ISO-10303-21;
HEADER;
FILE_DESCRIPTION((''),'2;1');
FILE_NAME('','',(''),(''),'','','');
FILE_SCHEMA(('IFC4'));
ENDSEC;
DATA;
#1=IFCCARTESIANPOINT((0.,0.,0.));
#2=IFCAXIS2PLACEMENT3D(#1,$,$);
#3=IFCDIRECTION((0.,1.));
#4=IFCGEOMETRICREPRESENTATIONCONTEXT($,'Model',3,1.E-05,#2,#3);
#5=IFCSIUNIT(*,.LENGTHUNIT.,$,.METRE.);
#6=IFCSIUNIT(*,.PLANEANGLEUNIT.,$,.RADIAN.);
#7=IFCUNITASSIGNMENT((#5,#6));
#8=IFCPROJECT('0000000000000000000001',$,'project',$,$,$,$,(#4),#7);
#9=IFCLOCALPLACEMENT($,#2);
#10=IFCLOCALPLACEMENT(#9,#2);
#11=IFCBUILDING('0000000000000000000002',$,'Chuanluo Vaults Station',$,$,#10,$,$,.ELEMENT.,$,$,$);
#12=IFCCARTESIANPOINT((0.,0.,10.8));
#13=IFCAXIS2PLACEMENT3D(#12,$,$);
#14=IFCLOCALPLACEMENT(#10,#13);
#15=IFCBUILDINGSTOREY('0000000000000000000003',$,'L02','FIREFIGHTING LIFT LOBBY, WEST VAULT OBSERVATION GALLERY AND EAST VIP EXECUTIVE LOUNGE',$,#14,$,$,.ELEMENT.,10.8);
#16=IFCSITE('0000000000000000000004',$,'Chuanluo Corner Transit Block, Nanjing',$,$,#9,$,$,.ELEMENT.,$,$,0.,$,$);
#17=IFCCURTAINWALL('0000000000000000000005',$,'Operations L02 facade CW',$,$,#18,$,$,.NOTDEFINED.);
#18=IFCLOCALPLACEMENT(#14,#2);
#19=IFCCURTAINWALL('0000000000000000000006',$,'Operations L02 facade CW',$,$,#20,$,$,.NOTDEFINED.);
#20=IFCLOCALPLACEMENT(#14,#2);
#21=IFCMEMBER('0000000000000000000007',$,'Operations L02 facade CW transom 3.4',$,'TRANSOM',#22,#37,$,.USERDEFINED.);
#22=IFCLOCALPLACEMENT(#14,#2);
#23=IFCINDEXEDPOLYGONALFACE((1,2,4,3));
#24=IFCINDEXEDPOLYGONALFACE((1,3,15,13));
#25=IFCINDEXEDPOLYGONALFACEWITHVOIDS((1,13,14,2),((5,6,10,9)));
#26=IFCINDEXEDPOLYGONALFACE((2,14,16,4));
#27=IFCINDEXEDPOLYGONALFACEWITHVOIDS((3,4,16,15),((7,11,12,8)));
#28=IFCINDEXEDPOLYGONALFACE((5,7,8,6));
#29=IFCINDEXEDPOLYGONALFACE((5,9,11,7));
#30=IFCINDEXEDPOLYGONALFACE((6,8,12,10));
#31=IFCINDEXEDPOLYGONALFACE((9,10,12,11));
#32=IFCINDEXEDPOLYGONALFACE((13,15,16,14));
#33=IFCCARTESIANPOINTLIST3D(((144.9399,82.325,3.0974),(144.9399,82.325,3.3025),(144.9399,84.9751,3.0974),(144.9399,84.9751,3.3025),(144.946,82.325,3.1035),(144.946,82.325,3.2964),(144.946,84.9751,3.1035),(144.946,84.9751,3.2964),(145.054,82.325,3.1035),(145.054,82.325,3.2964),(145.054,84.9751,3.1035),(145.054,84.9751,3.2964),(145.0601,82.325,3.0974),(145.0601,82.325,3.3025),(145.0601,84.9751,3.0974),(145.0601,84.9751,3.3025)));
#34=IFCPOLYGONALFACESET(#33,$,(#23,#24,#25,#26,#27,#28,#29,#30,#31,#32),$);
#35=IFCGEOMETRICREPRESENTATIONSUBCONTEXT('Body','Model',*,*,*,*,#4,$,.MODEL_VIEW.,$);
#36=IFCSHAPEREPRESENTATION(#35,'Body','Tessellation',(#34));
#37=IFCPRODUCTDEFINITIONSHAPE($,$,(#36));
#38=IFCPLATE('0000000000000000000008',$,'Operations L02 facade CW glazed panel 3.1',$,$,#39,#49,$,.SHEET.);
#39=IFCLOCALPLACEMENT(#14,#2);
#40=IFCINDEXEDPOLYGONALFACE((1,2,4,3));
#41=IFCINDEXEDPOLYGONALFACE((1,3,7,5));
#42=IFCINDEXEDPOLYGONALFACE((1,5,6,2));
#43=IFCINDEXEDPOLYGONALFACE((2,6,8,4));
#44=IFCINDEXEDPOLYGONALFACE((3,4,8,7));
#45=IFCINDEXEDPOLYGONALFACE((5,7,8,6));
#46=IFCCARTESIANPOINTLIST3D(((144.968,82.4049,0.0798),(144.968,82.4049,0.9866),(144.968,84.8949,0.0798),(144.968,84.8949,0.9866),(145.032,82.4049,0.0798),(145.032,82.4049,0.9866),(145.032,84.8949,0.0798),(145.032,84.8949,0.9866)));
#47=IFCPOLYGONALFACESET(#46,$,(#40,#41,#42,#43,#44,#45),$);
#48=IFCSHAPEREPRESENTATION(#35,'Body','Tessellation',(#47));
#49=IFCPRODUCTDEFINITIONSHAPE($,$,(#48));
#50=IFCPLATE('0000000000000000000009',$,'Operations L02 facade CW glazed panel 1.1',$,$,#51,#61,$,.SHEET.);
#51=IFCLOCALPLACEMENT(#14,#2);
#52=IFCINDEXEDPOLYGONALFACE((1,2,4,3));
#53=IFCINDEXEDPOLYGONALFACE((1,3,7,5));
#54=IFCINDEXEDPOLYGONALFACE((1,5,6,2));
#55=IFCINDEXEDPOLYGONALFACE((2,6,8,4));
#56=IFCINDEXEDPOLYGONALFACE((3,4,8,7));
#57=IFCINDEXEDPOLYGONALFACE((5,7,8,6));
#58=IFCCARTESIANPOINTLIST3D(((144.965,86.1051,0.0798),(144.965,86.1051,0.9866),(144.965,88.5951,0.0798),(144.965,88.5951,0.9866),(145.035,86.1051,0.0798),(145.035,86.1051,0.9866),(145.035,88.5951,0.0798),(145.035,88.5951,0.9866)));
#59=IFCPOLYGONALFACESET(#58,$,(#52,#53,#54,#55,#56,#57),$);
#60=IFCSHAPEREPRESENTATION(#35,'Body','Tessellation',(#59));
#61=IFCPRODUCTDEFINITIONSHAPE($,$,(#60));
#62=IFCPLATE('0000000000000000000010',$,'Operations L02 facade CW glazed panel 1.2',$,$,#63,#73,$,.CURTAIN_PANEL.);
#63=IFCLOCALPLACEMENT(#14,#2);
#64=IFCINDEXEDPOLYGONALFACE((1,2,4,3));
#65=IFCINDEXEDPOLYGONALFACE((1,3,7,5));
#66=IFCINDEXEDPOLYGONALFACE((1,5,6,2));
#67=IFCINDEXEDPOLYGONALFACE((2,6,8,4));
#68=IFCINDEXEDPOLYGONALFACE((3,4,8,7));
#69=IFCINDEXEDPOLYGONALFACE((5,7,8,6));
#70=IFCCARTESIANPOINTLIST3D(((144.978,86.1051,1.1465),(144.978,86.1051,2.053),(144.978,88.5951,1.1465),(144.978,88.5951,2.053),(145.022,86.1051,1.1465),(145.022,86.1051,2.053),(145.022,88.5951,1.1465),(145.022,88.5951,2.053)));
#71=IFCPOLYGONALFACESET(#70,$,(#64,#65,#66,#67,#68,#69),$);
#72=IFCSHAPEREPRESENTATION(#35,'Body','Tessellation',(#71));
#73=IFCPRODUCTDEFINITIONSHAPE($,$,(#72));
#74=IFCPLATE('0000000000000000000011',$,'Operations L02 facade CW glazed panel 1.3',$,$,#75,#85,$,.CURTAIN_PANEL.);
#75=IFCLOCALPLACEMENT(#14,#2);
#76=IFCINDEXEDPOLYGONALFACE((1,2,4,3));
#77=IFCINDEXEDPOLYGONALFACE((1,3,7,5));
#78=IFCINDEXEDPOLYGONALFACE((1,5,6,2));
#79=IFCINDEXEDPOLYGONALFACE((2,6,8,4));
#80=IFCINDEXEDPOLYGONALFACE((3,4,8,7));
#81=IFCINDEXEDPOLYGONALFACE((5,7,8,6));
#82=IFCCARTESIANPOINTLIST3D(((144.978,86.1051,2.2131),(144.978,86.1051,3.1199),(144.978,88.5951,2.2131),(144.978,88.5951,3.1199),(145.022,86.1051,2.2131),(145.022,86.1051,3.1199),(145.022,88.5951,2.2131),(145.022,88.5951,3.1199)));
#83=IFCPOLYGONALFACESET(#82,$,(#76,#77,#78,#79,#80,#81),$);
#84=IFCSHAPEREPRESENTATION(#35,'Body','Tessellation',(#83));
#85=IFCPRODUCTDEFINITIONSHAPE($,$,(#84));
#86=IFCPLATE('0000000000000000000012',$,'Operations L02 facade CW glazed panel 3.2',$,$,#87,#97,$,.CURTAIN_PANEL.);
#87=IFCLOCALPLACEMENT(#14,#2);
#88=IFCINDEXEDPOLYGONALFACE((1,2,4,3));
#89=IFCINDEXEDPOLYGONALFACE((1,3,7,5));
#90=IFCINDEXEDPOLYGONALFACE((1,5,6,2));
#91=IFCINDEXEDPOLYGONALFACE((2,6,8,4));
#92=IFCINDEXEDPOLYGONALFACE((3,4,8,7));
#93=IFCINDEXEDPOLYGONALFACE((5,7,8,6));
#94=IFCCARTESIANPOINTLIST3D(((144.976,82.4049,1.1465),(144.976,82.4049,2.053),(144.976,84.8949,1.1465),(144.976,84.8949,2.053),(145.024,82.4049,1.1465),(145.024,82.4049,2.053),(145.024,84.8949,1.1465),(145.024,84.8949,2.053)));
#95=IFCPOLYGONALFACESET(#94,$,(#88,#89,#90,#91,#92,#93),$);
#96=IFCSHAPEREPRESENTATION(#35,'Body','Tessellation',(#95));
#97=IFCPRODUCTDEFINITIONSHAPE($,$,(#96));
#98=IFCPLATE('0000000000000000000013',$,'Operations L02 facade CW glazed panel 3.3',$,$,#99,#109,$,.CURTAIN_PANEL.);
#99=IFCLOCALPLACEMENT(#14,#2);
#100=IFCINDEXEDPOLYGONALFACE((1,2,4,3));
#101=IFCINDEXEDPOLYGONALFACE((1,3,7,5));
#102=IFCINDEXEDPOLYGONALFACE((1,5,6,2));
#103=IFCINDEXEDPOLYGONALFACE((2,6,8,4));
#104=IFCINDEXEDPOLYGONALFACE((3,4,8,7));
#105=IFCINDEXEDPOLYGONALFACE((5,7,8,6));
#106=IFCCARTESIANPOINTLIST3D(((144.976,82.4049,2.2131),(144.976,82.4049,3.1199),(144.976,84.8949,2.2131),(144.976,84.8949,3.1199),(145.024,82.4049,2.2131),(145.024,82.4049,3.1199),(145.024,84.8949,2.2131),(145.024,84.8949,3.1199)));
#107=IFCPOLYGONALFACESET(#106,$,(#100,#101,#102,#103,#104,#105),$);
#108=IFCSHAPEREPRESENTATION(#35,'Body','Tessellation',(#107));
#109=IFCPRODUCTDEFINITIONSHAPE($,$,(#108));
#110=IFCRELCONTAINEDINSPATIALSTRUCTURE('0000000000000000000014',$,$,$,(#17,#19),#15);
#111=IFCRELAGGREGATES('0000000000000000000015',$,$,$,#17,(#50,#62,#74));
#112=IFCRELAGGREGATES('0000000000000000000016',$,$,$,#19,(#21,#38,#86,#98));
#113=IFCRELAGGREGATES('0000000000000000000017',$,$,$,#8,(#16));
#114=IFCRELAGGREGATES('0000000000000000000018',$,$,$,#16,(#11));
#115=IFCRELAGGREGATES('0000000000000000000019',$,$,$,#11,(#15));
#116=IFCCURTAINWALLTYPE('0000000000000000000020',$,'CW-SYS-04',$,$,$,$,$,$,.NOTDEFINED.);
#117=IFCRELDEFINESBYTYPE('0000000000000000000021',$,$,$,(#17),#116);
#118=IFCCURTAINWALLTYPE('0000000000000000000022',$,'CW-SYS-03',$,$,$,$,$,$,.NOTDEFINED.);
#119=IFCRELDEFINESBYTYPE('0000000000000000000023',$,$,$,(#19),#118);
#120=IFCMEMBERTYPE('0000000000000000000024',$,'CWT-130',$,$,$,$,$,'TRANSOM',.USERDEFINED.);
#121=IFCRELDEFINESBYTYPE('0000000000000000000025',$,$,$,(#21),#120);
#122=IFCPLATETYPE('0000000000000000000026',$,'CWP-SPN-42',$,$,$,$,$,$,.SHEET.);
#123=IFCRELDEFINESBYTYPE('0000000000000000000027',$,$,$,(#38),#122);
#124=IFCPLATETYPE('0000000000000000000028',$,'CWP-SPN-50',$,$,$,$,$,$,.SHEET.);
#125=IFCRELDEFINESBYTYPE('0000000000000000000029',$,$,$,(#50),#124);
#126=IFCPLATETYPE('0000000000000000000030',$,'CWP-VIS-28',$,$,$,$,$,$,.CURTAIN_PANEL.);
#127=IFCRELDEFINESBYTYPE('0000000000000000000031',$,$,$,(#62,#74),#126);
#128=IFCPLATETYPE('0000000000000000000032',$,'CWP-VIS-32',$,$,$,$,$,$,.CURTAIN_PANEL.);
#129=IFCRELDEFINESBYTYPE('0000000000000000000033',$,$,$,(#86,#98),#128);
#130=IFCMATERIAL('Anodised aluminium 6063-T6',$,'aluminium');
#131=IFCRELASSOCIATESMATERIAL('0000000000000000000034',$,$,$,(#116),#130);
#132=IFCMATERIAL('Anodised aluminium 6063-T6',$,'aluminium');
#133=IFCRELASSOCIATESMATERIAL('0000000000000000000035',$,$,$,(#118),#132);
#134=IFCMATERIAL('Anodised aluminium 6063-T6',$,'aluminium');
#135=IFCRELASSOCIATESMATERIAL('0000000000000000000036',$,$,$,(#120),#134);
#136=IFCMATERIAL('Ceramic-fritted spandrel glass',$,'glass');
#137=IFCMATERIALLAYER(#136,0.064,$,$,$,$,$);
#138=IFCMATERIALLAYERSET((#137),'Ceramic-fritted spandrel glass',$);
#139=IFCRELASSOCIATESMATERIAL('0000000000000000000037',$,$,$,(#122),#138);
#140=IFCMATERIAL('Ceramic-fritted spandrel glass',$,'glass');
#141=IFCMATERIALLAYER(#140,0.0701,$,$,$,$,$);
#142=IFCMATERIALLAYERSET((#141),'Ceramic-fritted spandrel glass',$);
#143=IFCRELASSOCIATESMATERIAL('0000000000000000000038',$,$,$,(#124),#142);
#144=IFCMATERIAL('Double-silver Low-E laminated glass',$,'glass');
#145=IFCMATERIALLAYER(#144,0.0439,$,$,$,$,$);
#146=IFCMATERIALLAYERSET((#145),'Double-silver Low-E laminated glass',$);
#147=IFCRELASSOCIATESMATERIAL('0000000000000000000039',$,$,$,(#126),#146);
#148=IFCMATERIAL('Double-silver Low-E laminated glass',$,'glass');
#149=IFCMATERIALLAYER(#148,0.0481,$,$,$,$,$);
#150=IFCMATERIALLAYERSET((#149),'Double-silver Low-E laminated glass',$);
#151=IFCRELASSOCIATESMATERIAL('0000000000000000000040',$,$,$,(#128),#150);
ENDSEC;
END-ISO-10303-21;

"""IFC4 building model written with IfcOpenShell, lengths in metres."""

from ifc_helpers import new_model, si_unit, direction, frame, origin, origin_2d, place, context, subcontext, project, spatial, rectangle, hollow_rectangle, extrude, material, layer, layer_set, material_profile, profile_set, type_object, element, aggregate, save


model = new_model("IFC4")

# Units and contexts
model_context = context("Model", 3, precision=1e-05, world=origin(), true_north=direction((0.0, 1.0)))
body_context = subcontext(model_context, "Body", "Model", "MODEL_VIEW")
ifc_project = project(units=[si_unit("LENGTHUNIT", "METRE"), si_unit("PLANEANGLEUNIT", "RADIAN")], contexts=[model_context])

# Site, building, storey
site_placement = place(None, origin())
site = spatial("IfcSite", under=ifc_project, at=site_placement, Name="Chuanluo Corner Transit Block, Nanjing", CompositionType="ELEMENT", RefElevation=0.0)
building_placement = place(site_placement, origin())
building = spatial("IfcBuilding", under=site, at=building_placement, Name="Chuanluo Vaults Station", CompositionType="ELEMENT")
storey_placement = place(building_placement, frame((0.0, 0.0, 10.8)))
storey = spatial("IfcBuildingStorey", under=building, at=storey_placement, Name="L02", Description="FIREFIGHTING LIFT LOBBY, WEST VAULT OBSERVATION GALLERY AND EAST VIP EXECUTIVE LOUNGE", CompositionType="ELEMENT", Elevation=10.8)

# Curtain wall
ifc_material_1 = material(Name="Anodised aluminium 6063-T6", Category="aluminium")
curtain_wall_type_1 = type_object("IfcCurtainWallType", Name="CW-SYS-04", PredefinedType="NOTDEFINED", material=ifc_material_1)
curtain_wall_1_placement = place(storey_placement, origin())
curtain_wall_1 = element("IfcCurtainWall", 1, at=curtain_wall_1_placement, inside=storey, type_object=curtain_wall_type_1, Name="Operations L02 facade CW", PredefinedType="NOTDEFINED")

# Curtain wall
ifc_material_2 = material(Name="Anodised aluminium 6063-T6", Category="aluminium")
curtain_wall_type_2 = type_object("IfcCurtainWallType", Name="CW-SYS-03", PredefinedType="NOTDEFINED", material=ifc_material_2)
curtain_wall_2_placement = place(storey_placement, origin())
curtain_wall_2 = element("IfcCurtainWall", 2, at=curtain_wall_2_placement, inside=storey, type_object=curtain_wall_type_2, Name="Operations L02 facade CW", PredefinedType="NOTDEFINED")

# Member
ifc_material_3 = material(Name="Anodised aluminium 6063-T6", Category="aluminium")
ifc_material_profile_1 = material_profile(ifc_material_3, hollow_rectangle(XDim=0.1201, YDim=0.2051, WallThickness=0.0061, at=origin_2d()))
ifc_profile_set_1 = profile_set([ifc_material_profile_1], Name="Anodised aluminium 6063-T6")
member_type_1 = type_object("IfcMemberType", Name="CWT-130", ElementType="TRANSOM", PredefinedType="USERDEFINED", material=ifc_profile_set_1)
member_1_placement = place(storey_placement, frame((145.0, 82.325, 3.2), z_axis=(0.0, 1.0, 0.0), x_axis=(-1.0, 0.0, 0.0)))
member_1 = element("IfcMember", 3, at=member_1_placement, type_object=member_type_1, Name="Operations L02 facade CW transom 3.4", ObjectType="TRANSOM", PredefinedType="USERDEFINED", context=body_context, shape_type="SweptSolid", body=[
    extrude(hollow_rectangle(XDim=0.1201, YDim=0.2051, WallThickness=0.0061, at=origin_2d()), origin(), (0.0, 0.0, 1.0), 2.6501),
])

# Plates
ifc_material_4 = material(Name="Ceramic-fritted spandrel glass", Category="glass")
ifc_layer_1 = layer(ifc_material_4, 0.064)
ifc_layer_set_1 = layer_set([ifc_layer_1], Name="Ceramic-fritted spandrel glass")
plate_type_1 = type_object("IfcPlateType", Name="CWP-SPN-42", PredefinedType="SHEET", material=ifc_layer_set_1)
plate_1_placement = place(storey_placement, frame((145.0, 83.6499, 0.0798), z_axis=(0.0, 0.0, 1.0), x_axis=(0.0, 1.0, 0.0)))
plate_1 = element("IfcPlate", 4, at=plate_1_placement, type_object=plate_type_1, Name="Operations L02 facade CW glazed panel 3.1", PredefinedType="SHEET", context=body_context, shape_type="SweptSolid", body=[
    extrude(rectangle(XDim=2.49, YDim=0.064, at=origin_2d()), origin(), (0.0, 0.0, 1.0), 0.9067),
])
ifc_material_5 = material(Name="Ceramic-fritted spandrel glass", Category="glass")
ifc_layer_2 = layer(ifc_material_5, 0.0701)
ifc_layer_set_2 = layer_set([ifc_layer_2], Name="Ceramic-fritted spandrel glass")
plate_type_2 = type_object("IfcPlateType", Name="CWP-SPN-50", PredefinedType="SHEET", material=ifc_layer_set_2)
plate_2_placement = place(storey_placement, frame((145.0, 87.3501, 0.0798), z_axis=(0.0, 0.0, 1.0), x_axis=(0.0, 1.0, 0.0)))
plate_2 = element("IfcPlate", 5, at=plate_2_placement, type_object=plate_type_2, Name="Operations L02 facade CW glazed panel 1.1", PredefinedType="SHEET", context=body_context, shape_type="SweptSolid", body=[
    extrude(rectangle(XDim=2.49, YDim=0.0701, at=origin_2d()), origin(), (0.0, 0.0, 1.0), 0.9067),
])
ifc_material_6 = material(Name="Double-silver Low-E laminated glass", Category="glass")
ifc_layer_3 = layer(ifc_material_6, 0.0439)
ifc_layer_set_3 = layer_set([ifc_layer_3], Name="Double-silver Low-E laminated glass")
plate_type_3 = type_object("IfcPlateType", Name="CWP-VIS-28", PredefinedType="CURTAIN_PANEL", material=ifc_layer_set_3)
plate_3_placement = place(storey_placement, frame((145.0, 87.3501, 1.1465), z_axis=(0.0, 0.0, 1.0), x_axis=(0.0, 1.0, 0.0)))
plate_3 = element("IfcPlate", 6, at=plate_3_placement, type_object=plate_type_3, Name="Operations L02 facade CW glazed panel 1.2", PredefinedType="CURTAIN_PANEL", context=body_context, shape_type="SweptSolid", body=[
    extrude(rectangle(XDim=2.49, YDim=0.0439, at=origin_2d()), origin(), (0.0, 0.0, 1.0), 0.9065),
])
plate_4_placement = place(storey_placement, frame((145.0, 87.3501, 2.2131), z_axis=(0.0, 0.0, 1.0), x_axis=(0.0, 1.0, 0.0)))
plate_4 = element("IfcPlate", 7, at=plate_4_placement, type_object=plate_type_3, Name="Operations L02 facade CW glazed panel 1.3", PredefinedType="CURTAIN_PANEL", context=body_context, shape_type="SweptSolid", body=[
    extrude(rectangle(XDim=2.49, YDim=0.0439, at=origin_2d()), origin(), (0.0, 0.0, 1.0), 0.9067),
])
aggregate(curtain_wall_1, [plate_2, plate_3, plate_4])
ifc_material_7 = material(Name="Double-silver Low-E laminated glass", Category="glass")
ifc_layer_4 = layer(ifc_material_7, 0.0481)
ifc_layer_set_4 = layer_set([ifc_layer_4], Name="Double-silver Low-E laminated glass")
plate_type_4 = type_object("IfcPlateType", Name="CWP-VIS-32", PredefinedType="CURTAIN_PANEL", material=ifc_layer_set_4)
plate_5_placement = place(storey_placement, frame((145.0, 83.6499, 1.1465), z_axis=(0.0, 0.0, 1.0), x_axis=(0.0, 1.0, 0.0)))
plate_5 = element("IfcPlate", 8, at=plate_5_placement, type_object=plate_type_4, Name="Operations L02 facade CW glazed panel 3.2", PredefinedType="CURTAIN_PANEL", context=body_context, shape_type="SweptSolid", body=[
    extrude(rectangle(XDim=2.49, YDim=0.0481, at=origin_2d()), origin(), (0.0, 0.0, 1.0), 0.9065),
])
plate_6_placement = place(storey_placement, frame((145.0, 83.6499, 2.2131), z_axis=(0.0, 0.0, 1.0), x_axis=(0.0, 1.0, 0.0)))
plate_6 = element("IfcPlate", 9, at=plate_6_placement, type_object=plate_type_4, Name="Operations L02 facade CW glazed panel 3.3", PredefinedType="CURTAIN_PANEL", context=body_context, shape_type="SweptSolid", body=[
    extrude(rectangle(XDim=2.49, YDim=0.0481, at=origin_2d()), origin(), (0.0, 0.0, 1.0), 0.9067),
])
aggregate(curtain_wall_2, [member_1, plate_1, plate_5, plate_6])

save(model, "model.ifc")
